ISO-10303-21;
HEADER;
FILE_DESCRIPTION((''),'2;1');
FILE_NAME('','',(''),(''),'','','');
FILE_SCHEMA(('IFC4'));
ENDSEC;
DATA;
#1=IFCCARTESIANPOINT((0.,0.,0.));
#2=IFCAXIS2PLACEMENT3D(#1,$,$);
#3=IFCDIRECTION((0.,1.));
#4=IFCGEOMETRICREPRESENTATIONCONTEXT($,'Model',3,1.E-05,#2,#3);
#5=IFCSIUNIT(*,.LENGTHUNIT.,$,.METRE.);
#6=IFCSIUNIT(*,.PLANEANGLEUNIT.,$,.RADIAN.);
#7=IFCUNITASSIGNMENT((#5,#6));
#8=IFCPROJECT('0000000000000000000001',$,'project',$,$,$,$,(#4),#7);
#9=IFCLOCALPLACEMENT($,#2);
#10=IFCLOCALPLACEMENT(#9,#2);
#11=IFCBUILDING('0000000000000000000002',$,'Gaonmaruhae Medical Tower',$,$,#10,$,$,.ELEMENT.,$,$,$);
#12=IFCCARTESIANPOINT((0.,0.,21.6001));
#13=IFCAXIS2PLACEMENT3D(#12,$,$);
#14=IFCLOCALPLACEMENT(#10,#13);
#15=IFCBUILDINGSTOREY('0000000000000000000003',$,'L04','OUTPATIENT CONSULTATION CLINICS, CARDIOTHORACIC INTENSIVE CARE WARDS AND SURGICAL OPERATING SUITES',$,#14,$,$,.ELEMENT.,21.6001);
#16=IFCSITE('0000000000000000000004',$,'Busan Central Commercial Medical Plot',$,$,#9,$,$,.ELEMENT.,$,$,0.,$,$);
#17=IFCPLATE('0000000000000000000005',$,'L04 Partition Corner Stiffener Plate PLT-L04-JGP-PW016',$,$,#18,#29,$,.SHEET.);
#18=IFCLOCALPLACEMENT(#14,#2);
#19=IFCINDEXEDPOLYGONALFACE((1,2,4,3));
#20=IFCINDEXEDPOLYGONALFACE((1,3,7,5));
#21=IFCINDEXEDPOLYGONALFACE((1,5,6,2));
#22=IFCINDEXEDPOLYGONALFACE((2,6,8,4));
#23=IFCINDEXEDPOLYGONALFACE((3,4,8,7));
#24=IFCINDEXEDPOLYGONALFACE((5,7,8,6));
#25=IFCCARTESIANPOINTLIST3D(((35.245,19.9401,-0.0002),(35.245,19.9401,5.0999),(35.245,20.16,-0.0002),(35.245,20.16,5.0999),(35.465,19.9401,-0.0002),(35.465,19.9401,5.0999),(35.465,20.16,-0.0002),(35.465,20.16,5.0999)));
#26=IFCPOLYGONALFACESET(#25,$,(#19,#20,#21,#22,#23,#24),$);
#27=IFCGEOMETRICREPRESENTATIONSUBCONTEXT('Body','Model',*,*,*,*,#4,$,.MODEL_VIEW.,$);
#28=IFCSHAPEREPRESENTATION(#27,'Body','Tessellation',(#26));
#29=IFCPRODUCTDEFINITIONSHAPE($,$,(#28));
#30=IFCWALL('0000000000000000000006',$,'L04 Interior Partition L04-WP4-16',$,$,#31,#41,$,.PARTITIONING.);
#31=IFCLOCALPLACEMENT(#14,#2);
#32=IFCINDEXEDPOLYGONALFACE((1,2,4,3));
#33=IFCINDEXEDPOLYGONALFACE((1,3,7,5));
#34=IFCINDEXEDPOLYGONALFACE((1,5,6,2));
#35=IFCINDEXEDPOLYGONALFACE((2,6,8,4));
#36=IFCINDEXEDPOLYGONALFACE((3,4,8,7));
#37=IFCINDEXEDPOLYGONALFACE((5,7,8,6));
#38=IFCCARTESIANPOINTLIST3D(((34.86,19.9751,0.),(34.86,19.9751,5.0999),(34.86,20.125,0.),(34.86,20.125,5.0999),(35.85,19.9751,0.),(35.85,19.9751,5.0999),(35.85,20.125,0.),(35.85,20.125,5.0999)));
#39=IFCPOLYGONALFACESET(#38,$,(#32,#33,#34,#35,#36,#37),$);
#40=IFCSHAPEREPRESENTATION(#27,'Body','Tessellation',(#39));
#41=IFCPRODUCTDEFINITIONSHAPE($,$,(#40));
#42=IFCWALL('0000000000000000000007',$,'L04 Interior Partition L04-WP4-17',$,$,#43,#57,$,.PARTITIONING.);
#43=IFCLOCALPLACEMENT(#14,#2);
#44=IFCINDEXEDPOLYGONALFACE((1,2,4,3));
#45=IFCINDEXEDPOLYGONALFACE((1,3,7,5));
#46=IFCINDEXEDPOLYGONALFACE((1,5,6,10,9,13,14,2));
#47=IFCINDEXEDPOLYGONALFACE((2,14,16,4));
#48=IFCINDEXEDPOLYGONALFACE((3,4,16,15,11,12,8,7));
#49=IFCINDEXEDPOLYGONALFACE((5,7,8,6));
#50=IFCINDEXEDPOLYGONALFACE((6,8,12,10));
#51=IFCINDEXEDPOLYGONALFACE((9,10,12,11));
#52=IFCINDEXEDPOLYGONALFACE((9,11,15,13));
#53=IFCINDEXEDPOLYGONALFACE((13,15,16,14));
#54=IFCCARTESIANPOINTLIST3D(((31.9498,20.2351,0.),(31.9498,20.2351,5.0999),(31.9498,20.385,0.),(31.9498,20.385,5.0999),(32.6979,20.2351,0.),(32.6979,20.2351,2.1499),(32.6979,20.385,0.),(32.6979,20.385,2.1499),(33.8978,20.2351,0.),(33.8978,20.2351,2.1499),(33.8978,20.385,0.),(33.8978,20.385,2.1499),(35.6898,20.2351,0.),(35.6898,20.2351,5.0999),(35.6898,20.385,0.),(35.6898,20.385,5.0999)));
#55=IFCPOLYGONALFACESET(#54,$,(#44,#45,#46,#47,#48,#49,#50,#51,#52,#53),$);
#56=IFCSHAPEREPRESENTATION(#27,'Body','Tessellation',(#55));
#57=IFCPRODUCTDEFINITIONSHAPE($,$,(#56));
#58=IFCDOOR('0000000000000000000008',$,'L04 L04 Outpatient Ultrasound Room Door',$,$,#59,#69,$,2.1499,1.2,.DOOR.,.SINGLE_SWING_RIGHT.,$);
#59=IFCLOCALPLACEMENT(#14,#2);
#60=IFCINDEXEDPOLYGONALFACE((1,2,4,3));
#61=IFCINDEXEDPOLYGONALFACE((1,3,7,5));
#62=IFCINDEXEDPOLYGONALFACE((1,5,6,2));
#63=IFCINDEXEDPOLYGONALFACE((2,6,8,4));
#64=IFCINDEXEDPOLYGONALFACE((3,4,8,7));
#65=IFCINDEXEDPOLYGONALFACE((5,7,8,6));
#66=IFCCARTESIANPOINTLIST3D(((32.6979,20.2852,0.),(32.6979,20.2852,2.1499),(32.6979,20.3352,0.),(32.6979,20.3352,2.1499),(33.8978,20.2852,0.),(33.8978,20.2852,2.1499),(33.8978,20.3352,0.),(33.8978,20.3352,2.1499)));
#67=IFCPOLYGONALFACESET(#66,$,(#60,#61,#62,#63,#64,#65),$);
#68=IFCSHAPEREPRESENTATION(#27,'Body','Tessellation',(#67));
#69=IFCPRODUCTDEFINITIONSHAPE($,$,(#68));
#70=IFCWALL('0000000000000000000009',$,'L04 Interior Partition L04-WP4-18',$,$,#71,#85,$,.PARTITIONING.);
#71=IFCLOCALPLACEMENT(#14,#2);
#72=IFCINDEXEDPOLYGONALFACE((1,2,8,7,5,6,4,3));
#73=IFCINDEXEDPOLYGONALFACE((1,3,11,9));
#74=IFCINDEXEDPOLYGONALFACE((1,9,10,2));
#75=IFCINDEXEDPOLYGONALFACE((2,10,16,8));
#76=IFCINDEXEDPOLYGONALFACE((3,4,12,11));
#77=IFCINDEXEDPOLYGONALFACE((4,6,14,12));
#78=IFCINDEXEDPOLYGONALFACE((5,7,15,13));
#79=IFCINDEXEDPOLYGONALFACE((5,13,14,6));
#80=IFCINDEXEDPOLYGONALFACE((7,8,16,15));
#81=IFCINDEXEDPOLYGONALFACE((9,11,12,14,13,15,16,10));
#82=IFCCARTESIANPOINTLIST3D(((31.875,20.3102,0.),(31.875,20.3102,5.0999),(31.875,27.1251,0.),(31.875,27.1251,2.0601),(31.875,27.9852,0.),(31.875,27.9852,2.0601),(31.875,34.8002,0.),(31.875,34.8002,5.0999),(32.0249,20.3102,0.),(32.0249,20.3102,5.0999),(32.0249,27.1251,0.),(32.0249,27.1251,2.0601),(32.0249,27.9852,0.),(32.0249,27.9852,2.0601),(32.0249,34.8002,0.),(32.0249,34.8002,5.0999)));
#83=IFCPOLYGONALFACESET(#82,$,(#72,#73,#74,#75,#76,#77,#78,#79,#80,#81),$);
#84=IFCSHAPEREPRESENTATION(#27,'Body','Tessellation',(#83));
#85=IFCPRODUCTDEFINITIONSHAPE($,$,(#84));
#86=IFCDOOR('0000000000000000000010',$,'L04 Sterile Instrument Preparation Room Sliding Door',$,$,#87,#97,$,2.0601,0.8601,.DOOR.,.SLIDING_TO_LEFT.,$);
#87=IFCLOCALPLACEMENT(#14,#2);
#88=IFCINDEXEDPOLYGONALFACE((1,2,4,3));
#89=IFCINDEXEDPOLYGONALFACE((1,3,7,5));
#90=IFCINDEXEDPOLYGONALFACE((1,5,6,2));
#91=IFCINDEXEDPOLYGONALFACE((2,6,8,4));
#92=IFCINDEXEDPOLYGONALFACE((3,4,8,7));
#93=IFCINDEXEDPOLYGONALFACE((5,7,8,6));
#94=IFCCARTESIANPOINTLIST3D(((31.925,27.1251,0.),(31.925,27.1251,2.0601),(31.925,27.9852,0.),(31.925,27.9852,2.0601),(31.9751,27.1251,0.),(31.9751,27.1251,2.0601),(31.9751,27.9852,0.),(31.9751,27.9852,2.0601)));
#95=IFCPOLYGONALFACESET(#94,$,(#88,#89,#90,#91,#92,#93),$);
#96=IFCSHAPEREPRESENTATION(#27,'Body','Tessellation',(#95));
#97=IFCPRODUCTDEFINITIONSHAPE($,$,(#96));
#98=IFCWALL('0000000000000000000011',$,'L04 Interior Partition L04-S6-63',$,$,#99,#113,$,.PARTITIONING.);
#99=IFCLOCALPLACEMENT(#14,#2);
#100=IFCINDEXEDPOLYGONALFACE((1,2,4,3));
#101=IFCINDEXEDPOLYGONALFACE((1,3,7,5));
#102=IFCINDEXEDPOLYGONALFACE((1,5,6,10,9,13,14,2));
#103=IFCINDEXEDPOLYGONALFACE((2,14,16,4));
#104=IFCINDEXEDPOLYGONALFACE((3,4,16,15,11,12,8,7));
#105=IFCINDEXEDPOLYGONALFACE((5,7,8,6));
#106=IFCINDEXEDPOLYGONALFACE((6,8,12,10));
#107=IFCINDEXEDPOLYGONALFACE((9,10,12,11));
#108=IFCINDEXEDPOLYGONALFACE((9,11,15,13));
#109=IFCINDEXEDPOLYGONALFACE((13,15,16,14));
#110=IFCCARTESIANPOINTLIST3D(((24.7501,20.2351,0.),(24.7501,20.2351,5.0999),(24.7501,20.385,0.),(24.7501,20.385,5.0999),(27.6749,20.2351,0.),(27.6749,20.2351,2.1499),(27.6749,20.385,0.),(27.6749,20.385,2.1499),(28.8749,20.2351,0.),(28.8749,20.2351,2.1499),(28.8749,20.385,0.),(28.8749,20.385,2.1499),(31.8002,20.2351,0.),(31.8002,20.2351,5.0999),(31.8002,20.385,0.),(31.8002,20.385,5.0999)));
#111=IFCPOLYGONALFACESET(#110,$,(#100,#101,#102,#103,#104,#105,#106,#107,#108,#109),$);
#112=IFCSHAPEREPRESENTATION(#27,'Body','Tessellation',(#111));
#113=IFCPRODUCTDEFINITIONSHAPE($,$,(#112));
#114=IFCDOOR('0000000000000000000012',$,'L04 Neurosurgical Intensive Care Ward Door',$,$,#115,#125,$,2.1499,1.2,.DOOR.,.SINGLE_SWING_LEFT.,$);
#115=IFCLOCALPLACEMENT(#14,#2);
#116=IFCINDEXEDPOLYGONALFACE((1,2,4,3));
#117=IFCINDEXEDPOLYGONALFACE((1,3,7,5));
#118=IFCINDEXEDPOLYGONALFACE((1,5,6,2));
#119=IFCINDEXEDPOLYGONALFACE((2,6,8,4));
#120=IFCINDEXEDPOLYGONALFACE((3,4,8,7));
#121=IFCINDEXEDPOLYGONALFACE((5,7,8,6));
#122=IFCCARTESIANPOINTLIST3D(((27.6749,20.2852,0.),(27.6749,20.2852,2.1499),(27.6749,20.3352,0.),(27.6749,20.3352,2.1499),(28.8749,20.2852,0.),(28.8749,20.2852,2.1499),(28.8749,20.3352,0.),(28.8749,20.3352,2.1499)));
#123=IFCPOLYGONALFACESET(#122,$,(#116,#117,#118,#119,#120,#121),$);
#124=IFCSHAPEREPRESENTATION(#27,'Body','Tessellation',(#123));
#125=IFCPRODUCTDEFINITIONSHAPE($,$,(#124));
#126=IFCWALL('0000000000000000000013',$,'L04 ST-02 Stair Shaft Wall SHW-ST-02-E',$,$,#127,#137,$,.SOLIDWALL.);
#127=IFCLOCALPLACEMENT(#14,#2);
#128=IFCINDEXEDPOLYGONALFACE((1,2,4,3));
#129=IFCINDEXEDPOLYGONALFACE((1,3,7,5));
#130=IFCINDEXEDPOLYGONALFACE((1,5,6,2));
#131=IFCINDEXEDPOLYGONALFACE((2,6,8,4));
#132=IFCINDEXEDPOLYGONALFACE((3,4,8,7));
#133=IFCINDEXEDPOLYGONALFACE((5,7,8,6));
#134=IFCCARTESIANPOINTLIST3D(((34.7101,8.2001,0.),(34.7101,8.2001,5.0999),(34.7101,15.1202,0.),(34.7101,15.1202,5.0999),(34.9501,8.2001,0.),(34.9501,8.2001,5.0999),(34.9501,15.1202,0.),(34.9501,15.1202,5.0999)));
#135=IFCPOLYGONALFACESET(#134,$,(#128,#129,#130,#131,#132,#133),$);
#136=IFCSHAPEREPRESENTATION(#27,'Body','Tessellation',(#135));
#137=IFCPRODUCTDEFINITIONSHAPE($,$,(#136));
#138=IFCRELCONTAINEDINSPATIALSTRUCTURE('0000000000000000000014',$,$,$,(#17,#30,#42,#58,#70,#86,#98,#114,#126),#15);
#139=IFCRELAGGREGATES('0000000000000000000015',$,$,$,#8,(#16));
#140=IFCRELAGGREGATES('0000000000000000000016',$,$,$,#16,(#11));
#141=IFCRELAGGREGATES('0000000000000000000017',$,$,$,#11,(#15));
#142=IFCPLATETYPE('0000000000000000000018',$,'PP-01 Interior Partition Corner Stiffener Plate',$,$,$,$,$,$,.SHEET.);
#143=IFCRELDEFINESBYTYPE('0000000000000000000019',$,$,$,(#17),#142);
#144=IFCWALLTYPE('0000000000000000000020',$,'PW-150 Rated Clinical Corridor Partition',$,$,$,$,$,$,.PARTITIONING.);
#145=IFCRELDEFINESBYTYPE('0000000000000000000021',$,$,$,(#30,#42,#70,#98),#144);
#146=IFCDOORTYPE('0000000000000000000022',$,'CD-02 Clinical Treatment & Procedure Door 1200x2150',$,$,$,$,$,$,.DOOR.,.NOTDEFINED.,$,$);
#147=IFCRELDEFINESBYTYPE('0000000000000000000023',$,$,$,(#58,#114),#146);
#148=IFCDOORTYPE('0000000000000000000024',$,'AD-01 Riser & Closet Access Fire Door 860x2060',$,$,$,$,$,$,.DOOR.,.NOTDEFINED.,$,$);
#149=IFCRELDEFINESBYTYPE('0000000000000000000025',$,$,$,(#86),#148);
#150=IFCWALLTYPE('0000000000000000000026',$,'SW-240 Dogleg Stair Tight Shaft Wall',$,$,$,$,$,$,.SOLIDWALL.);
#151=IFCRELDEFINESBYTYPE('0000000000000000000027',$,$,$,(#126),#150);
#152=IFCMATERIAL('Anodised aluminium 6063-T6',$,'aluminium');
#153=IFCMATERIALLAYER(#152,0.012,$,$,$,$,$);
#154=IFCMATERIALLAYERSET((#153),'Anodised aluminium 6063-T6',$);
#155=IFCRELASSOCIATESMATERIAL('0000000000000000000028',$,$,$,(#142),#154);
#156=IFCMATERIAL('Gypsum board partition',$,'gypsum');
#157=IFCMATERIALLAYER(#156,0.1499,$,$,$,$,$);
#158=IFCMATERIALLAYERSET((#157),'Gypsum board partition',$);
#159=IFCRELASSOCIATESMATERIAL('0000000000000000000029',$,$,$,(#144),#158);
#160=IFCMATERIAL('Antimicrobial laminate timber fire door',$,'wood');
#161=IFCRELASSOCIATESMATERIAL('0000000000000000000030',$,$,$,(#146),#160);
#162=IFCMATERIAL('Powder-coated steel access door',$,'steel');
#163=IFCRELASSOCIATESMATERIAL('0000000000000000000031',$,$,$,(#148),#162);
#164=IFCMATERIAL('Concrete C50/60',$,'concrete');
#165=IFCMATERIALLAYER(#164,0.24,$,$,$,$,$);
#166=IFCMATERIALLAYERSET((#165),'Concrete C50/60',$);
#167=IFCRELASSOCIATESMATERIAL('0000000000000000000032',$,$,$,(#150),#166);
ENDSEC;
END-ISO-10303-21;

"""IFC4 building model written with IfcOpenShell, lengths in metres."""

from ifc_helpers import new_model, si_unit, direction, frame, frame_2d, origin, origin_2d, place, context, subcontext, project, spatial, rectangle, extrude, material, layer, layer_set, type_object, element, fill, save


model = new_model("IFC4")

# Units and contexts
model_context = context("Model", 3, precision=1e-05, world=origin(), true_north=direction((0.0, 1.0)))
body_context = subcontext(model_context, "Body", "Model", "MODEL_VIEW")
ifc_project = project(units=[si_unit("LENGTHUNIT", "METRE"), si_unit("PLANEANGLEUNIT", "RADIAN")], contexts=[model_context])

# Site, building, storey
site_placement = place(None, origin())
site = spatial("IfcSite", under=ifc_project, at=site_placement, Name="Busan Central Commercial Medical Plot", CompositionType="ELEMENT", RefElevation=0.0)
building_placement = place(site_placement, origin())
building = spatial("IfcBuilding", under=site, at=building_placement, Name="Gaonmaruhae Medical Tower", CompositionType="ELEMENT")
storey_placement = place(building_placement, frame((0.0, 0.0, 21.6001)))
storey = spatial("IfcBuildingStorey", under=building, at=storey_placement, Name="L04", Description="OUTPATIENT CONSULTATION CLINICS, CARDIOTHORACIC INTENSIVE CARE WARDS AND SURGICAL OPERATING SUITES", CompositionType="ELEMENT", Elevation=21.6001)

# Shared definitions
ifc_material_1 = material(Name="Concrete C50/60", Category="concrete")

# Plate
ifc_material_2 = material(Name="Anodised aluminium 6063-T6", Category="aluminium")
ifc_layer_1 = layer(ifc_material_2, 0.012)
ifc_layer_set_1 = layer_set([ifc_layer_1], Name="Anodised aluminium 6063-T6")
plate_type = type_object("IfcPlateType", Name="PP-01 Interior Partition Corner Stiffener Plate", PredefinedType="SHEET", material=ifc_layer_set_1)
plate_placement = place(storey_placement, frame((35.355, 20.05, -0.0002), z_axis=(0.0, 0.0, 1.0), x_axis=(-1.0, 0.0, 0.0)))
element("IfcPlate", 1, at=plate_placement, inside=storey, type_object=plate_type, Name="L04 Partition Corner Stiffener Plate PLT-L04-JGP-PW016", PredefinedType="SHEET", context=body_context, shape_type="SweptSolid", body=[
    extrude(rectangle(XDim=0.22, YDim=0.22, at=origin_2d()), origin(), (0.0, 0.0, 1.0), 5.1001),
])

# Wall
ifc_material_3 = material(Name="Gypsum board partition", Category="gypsum")
ifc_layer_2 = layer(ifc_material_3, 0.1499)
ifc_layer_set_2 = layer_set([ifc_layer_2], Name="Gypsum board partition")
wall_type_1 = type_object("IfcWallType", Name="PW-150 Rated Clinical Corridor Partition", PredefinedType="PARTITIONING", material=ifc_layer_set_2)
wall_1_placement = place(storey_placement, frame((35.8501, 20.05, 0.0), z_axis=(0.0, 0.0, 1.0), x_axis=(-1.0, 0.0, 0.0)))
element("IfcWall", 2, at=wall_1_placement, inside=storey, type_object=wall_type_1, Name="L04 Interior Partition L04-WP4-16", PredefinedType="PARTITIONING", context=body_context, shape_type="SweptSolid", body=[
    extrude(rectangle(XDim=0.99, YDim=0.1499, at=frame_2d((0.4951, 0.0))), origin(), (0.0, 0.0, 1.0), 5.0999),
])

# Walls, openings, doors
wall_2_placement = place(storey_placement, frame((35.6899, 20.3101, 0.0), z_axis=(0.0, 0.0, 1.0), x_axis=(-1.0, 0.0, 0.0)))
wall_2 = element("IfcWall", 3, at=wall_2_placement, inside=storey, type_object=wall_type_1, Name="L04 Interior Partition L04-WP4-17", PredefinedType="PARTITIONING", context=body_context, shape_type="SweptSolid", body=[
    extrude(rectangle(XDim=3.74, YDim=0.1499, at=frame_2d((1.8701, 0.0))), origin(), (0.0, 0.0, 1.0), 5.0999),
])
opening_1_placement = place(wall_2_placement, frame((1.792, 0.0, 0.0)))
opening_1 = element("IfcOpeningElement", 4, at=opening_1_placement, cuts=wall_2, PredefinedType="OPENING", context=body_context, shape_type="SweptSolid", body=[
    extrude(rectangle(XDim=1.2, YDim=2.1499, at=frame_2d((0.6001, 1.075))), frame((0.0, 0.085, 0.0), z_axis=(0.0, -1.0, 0.0), x_axis=(1.0, 0.0, 0.0)), (0.0, 0.0, 1.0), 0.1699),
])
ifc_material_4 = material(Name="Antimicrobial laminate timber fire door", Category="wood")
door_type_1 = type_object("IfcDoorType", Name="CD-02 Clinical Treatment & Procedure Door 1200x2150", OperationType="NOTDEFINED", PredefinedType="DOOR", material=ifc_material_4)
door_1_placement = place(opening_1_placement, origin())
door_1 = element("IfcDoor", 5, at=door_1_placement, inside=storey, type_object=door_type_1, Name="L04 L04 Outpatient Ultrasound Room Door", OperationType="SINGLE_SWING_RIGHT", OverallHeight=2.1499, OverallWidth=1.2, PredefinedType="DOOR", context=body_context, shape_type="SweptSolid", body=[
    extrude(rectangle(XDim=1.2, YDim=2.1499, at=frame_2d((0.6001, 1.075))), frame((0.0, 0.0249, 0.0), z_axis=(0.0, -1.0, 0.0), x_axis=(1.0, 0.0, 0.0)), (0.0, 0.0, 1.0), 0.05),
])
fill(opening_1, door_1)
wall_3_placement = place(storey_placement, frame((31.95, 20.3101, 0.0), z_axis=(0.0, 0.0, 1.0), x_axis=(0.0, 1.0, 0.0)))
wall_3 = element("IfcWall", 6, at=wall_3_placement, inside=storey, type_object=wall_type_1, Name="L04 Interior Partition L04-WP4-18", PredefinedType="PARTITIONING", context=body_context, shape_type="SweptSolid", body=[
    extrude(rectangle(XDim=14.49, YDim=0.1499, at=frame_2d((7.2451, 0.0))), origin(), (0.0, 0.0, 1.0), 5.0999),
])
opening_2_placement = place(wall_3_placement, frame((6.8149, 0.0, 0.0)))
opening_2 = element("IfcOpeningElement", 7, at=opening_2_placement, cuts=wall_3, PredefinedType="OPENING", context=body_context, shape_type="SweptSolid", body=[
    extrude(rectangle(XDim=0.8601, YDim=2.0601, at=frame_2d((0.4302, 1.03))), frame((0.0, 0.085, 0.0), z_axis=(0.0, -1.0, 0.0), x_axis=(1.0, 0.0, 0.0)), (0.0, 0.0, 1.0), 0.1699),
])
ifc_material_5 = material(Name="Powder-coated steel access door", Category="steel")
door_type_2 = type_object("IfcDoorType", Name="AD-01 Riser & Closet Access Fire Door 860x2060", OperationType="NOTDEFINED", PredefinedType="DOOR", material=ifc_material_5)
door_2_placement = place(opening_2_placement, origin())
door_2 = element("IfcDoor", 8, at=door_2_placement, inside=storey, type_object=door_type_2, Name="L04 Sterile Instrument Preparation Room Sliding Door", OperationType="SLIDING_TO_LEFT", OverallHeight=2.0601, OverallWidth=0.8601, PredefinedType="DOOR", context=body_context, shape_type="SweptSolid", body=[
    extrude(rectangle(XDim=0.8601, YDim=2.0601, at=frame_2d((0.4302, 1.03))), frame((0.0, 0.0249, 0.0), z_axis=(0.0, -1.0, 0.0), x_axis=(1.0, 0.0, 0.0)), (0.0, 0.0, 1.0), 0.05),
])
fill(opening_2, door_2)
wall_4_placement = place(storey_placement, frame((31.8, 20.3101, 0.0), z_axis=(0.0, 0.0, 1.0), x_axis=(-1.0, 0.0, 0.0)))
wall_4 = element("IfcWall", 9, at=wall_4_placement, inside=storey, type_object=wall_type_1, Name="L04 Interior Partition L04-S6-63", PredefinedType="PARTITIONING", context=body_context, shape_type="SweptSolid", body=[
    extrude(rectangle(XDim=7.05, YDim=0.1499, at=frame_2d((3.5249, 0.0))), origin(), (0.0, 0.0, 1.0), 5.0999),
])
opening_3_placement = place(wall_4_placement, frame((2.925, 0.0, 0.0)))
opening_3 = element("IfcOpeningElement", 10, at=opening_3_placement, cuts=wall_4, PredefinedType="OPENING", context=body_context, shape_type="SweptSolid", body=[
    extrude(rectangle(XDim=1.2, YDim=2.1499, at=frame_2d((0.6001, 1.075))), frame((0.0, 0.085, 0.0), z_axis=(0.0, -1.0, 0.0), x_axis=(1.0, 0.0, 0.0)), (0.0, 0.0, 1.0), 0.1699),
])
door_3_placement = place(opening_3_placement, origin())
door_3 = element("IfcDoor", 11, at=door_3_placement, inside=storey, type_object=door_type_1, Name="L04 Neurosurgical Intensive Care Ward Door", OperationType="SINGLE_SWING_LEFT", OverallHeight=2.1499, OverallWidth=1.2, PredefinedType="DOOR", context=body_context, shape_type="SweptSolid", body=[
    extrude(rectangle(XDim=1.2, YDim=2.1499, at=frame_2d((0.6001, 1.075))), frame((0.0, 0.0249, 0.0), z_axis=(0.0, -1.0, 0.0), x_axis=(1.0, 0.0, 0.0)), (0.0, 0.0, 1.0), 0.05),
])
fill(opening_3, door_3)
ifc_layer_3 = layer(ifc_material_1, 0.24)
ifc_layer_set_3 = layer_set([ifc_layer_3], Name="Concrete C50/60")
wall_type_2 = type_object("IfcWallType", Name="SW-240 Dogleg Stair Tight Shaft Wall", PredefinedType="SOLIDWALL", material=ifc_layer_set_3)

# Wall
wall_5_placement = place(storey_placement, frame((34.8301, 15.1201, 0.0), z_axis=(0.0, 0.0, 1.0), x_axis=(0.0, -1.0, 0.0)))
element("IfcWall", 12, at=wall_5_placement, inside=storey, type_object=wall_type_2, Name="L04 ST-02 Stair Shaft Wall SHW-ST-02-E", PredefinedType="SOLIDWALL", context=body_context, shape_type="SweptSolid", body=[
    extrude(rectangle(XDim=6.9202, YDim=0.24, at=frame_2d((3.46, 0.0))), origin(), (0.0, 0.0, 1.0), 5.0999),
])

save(model, "model.ifc")
